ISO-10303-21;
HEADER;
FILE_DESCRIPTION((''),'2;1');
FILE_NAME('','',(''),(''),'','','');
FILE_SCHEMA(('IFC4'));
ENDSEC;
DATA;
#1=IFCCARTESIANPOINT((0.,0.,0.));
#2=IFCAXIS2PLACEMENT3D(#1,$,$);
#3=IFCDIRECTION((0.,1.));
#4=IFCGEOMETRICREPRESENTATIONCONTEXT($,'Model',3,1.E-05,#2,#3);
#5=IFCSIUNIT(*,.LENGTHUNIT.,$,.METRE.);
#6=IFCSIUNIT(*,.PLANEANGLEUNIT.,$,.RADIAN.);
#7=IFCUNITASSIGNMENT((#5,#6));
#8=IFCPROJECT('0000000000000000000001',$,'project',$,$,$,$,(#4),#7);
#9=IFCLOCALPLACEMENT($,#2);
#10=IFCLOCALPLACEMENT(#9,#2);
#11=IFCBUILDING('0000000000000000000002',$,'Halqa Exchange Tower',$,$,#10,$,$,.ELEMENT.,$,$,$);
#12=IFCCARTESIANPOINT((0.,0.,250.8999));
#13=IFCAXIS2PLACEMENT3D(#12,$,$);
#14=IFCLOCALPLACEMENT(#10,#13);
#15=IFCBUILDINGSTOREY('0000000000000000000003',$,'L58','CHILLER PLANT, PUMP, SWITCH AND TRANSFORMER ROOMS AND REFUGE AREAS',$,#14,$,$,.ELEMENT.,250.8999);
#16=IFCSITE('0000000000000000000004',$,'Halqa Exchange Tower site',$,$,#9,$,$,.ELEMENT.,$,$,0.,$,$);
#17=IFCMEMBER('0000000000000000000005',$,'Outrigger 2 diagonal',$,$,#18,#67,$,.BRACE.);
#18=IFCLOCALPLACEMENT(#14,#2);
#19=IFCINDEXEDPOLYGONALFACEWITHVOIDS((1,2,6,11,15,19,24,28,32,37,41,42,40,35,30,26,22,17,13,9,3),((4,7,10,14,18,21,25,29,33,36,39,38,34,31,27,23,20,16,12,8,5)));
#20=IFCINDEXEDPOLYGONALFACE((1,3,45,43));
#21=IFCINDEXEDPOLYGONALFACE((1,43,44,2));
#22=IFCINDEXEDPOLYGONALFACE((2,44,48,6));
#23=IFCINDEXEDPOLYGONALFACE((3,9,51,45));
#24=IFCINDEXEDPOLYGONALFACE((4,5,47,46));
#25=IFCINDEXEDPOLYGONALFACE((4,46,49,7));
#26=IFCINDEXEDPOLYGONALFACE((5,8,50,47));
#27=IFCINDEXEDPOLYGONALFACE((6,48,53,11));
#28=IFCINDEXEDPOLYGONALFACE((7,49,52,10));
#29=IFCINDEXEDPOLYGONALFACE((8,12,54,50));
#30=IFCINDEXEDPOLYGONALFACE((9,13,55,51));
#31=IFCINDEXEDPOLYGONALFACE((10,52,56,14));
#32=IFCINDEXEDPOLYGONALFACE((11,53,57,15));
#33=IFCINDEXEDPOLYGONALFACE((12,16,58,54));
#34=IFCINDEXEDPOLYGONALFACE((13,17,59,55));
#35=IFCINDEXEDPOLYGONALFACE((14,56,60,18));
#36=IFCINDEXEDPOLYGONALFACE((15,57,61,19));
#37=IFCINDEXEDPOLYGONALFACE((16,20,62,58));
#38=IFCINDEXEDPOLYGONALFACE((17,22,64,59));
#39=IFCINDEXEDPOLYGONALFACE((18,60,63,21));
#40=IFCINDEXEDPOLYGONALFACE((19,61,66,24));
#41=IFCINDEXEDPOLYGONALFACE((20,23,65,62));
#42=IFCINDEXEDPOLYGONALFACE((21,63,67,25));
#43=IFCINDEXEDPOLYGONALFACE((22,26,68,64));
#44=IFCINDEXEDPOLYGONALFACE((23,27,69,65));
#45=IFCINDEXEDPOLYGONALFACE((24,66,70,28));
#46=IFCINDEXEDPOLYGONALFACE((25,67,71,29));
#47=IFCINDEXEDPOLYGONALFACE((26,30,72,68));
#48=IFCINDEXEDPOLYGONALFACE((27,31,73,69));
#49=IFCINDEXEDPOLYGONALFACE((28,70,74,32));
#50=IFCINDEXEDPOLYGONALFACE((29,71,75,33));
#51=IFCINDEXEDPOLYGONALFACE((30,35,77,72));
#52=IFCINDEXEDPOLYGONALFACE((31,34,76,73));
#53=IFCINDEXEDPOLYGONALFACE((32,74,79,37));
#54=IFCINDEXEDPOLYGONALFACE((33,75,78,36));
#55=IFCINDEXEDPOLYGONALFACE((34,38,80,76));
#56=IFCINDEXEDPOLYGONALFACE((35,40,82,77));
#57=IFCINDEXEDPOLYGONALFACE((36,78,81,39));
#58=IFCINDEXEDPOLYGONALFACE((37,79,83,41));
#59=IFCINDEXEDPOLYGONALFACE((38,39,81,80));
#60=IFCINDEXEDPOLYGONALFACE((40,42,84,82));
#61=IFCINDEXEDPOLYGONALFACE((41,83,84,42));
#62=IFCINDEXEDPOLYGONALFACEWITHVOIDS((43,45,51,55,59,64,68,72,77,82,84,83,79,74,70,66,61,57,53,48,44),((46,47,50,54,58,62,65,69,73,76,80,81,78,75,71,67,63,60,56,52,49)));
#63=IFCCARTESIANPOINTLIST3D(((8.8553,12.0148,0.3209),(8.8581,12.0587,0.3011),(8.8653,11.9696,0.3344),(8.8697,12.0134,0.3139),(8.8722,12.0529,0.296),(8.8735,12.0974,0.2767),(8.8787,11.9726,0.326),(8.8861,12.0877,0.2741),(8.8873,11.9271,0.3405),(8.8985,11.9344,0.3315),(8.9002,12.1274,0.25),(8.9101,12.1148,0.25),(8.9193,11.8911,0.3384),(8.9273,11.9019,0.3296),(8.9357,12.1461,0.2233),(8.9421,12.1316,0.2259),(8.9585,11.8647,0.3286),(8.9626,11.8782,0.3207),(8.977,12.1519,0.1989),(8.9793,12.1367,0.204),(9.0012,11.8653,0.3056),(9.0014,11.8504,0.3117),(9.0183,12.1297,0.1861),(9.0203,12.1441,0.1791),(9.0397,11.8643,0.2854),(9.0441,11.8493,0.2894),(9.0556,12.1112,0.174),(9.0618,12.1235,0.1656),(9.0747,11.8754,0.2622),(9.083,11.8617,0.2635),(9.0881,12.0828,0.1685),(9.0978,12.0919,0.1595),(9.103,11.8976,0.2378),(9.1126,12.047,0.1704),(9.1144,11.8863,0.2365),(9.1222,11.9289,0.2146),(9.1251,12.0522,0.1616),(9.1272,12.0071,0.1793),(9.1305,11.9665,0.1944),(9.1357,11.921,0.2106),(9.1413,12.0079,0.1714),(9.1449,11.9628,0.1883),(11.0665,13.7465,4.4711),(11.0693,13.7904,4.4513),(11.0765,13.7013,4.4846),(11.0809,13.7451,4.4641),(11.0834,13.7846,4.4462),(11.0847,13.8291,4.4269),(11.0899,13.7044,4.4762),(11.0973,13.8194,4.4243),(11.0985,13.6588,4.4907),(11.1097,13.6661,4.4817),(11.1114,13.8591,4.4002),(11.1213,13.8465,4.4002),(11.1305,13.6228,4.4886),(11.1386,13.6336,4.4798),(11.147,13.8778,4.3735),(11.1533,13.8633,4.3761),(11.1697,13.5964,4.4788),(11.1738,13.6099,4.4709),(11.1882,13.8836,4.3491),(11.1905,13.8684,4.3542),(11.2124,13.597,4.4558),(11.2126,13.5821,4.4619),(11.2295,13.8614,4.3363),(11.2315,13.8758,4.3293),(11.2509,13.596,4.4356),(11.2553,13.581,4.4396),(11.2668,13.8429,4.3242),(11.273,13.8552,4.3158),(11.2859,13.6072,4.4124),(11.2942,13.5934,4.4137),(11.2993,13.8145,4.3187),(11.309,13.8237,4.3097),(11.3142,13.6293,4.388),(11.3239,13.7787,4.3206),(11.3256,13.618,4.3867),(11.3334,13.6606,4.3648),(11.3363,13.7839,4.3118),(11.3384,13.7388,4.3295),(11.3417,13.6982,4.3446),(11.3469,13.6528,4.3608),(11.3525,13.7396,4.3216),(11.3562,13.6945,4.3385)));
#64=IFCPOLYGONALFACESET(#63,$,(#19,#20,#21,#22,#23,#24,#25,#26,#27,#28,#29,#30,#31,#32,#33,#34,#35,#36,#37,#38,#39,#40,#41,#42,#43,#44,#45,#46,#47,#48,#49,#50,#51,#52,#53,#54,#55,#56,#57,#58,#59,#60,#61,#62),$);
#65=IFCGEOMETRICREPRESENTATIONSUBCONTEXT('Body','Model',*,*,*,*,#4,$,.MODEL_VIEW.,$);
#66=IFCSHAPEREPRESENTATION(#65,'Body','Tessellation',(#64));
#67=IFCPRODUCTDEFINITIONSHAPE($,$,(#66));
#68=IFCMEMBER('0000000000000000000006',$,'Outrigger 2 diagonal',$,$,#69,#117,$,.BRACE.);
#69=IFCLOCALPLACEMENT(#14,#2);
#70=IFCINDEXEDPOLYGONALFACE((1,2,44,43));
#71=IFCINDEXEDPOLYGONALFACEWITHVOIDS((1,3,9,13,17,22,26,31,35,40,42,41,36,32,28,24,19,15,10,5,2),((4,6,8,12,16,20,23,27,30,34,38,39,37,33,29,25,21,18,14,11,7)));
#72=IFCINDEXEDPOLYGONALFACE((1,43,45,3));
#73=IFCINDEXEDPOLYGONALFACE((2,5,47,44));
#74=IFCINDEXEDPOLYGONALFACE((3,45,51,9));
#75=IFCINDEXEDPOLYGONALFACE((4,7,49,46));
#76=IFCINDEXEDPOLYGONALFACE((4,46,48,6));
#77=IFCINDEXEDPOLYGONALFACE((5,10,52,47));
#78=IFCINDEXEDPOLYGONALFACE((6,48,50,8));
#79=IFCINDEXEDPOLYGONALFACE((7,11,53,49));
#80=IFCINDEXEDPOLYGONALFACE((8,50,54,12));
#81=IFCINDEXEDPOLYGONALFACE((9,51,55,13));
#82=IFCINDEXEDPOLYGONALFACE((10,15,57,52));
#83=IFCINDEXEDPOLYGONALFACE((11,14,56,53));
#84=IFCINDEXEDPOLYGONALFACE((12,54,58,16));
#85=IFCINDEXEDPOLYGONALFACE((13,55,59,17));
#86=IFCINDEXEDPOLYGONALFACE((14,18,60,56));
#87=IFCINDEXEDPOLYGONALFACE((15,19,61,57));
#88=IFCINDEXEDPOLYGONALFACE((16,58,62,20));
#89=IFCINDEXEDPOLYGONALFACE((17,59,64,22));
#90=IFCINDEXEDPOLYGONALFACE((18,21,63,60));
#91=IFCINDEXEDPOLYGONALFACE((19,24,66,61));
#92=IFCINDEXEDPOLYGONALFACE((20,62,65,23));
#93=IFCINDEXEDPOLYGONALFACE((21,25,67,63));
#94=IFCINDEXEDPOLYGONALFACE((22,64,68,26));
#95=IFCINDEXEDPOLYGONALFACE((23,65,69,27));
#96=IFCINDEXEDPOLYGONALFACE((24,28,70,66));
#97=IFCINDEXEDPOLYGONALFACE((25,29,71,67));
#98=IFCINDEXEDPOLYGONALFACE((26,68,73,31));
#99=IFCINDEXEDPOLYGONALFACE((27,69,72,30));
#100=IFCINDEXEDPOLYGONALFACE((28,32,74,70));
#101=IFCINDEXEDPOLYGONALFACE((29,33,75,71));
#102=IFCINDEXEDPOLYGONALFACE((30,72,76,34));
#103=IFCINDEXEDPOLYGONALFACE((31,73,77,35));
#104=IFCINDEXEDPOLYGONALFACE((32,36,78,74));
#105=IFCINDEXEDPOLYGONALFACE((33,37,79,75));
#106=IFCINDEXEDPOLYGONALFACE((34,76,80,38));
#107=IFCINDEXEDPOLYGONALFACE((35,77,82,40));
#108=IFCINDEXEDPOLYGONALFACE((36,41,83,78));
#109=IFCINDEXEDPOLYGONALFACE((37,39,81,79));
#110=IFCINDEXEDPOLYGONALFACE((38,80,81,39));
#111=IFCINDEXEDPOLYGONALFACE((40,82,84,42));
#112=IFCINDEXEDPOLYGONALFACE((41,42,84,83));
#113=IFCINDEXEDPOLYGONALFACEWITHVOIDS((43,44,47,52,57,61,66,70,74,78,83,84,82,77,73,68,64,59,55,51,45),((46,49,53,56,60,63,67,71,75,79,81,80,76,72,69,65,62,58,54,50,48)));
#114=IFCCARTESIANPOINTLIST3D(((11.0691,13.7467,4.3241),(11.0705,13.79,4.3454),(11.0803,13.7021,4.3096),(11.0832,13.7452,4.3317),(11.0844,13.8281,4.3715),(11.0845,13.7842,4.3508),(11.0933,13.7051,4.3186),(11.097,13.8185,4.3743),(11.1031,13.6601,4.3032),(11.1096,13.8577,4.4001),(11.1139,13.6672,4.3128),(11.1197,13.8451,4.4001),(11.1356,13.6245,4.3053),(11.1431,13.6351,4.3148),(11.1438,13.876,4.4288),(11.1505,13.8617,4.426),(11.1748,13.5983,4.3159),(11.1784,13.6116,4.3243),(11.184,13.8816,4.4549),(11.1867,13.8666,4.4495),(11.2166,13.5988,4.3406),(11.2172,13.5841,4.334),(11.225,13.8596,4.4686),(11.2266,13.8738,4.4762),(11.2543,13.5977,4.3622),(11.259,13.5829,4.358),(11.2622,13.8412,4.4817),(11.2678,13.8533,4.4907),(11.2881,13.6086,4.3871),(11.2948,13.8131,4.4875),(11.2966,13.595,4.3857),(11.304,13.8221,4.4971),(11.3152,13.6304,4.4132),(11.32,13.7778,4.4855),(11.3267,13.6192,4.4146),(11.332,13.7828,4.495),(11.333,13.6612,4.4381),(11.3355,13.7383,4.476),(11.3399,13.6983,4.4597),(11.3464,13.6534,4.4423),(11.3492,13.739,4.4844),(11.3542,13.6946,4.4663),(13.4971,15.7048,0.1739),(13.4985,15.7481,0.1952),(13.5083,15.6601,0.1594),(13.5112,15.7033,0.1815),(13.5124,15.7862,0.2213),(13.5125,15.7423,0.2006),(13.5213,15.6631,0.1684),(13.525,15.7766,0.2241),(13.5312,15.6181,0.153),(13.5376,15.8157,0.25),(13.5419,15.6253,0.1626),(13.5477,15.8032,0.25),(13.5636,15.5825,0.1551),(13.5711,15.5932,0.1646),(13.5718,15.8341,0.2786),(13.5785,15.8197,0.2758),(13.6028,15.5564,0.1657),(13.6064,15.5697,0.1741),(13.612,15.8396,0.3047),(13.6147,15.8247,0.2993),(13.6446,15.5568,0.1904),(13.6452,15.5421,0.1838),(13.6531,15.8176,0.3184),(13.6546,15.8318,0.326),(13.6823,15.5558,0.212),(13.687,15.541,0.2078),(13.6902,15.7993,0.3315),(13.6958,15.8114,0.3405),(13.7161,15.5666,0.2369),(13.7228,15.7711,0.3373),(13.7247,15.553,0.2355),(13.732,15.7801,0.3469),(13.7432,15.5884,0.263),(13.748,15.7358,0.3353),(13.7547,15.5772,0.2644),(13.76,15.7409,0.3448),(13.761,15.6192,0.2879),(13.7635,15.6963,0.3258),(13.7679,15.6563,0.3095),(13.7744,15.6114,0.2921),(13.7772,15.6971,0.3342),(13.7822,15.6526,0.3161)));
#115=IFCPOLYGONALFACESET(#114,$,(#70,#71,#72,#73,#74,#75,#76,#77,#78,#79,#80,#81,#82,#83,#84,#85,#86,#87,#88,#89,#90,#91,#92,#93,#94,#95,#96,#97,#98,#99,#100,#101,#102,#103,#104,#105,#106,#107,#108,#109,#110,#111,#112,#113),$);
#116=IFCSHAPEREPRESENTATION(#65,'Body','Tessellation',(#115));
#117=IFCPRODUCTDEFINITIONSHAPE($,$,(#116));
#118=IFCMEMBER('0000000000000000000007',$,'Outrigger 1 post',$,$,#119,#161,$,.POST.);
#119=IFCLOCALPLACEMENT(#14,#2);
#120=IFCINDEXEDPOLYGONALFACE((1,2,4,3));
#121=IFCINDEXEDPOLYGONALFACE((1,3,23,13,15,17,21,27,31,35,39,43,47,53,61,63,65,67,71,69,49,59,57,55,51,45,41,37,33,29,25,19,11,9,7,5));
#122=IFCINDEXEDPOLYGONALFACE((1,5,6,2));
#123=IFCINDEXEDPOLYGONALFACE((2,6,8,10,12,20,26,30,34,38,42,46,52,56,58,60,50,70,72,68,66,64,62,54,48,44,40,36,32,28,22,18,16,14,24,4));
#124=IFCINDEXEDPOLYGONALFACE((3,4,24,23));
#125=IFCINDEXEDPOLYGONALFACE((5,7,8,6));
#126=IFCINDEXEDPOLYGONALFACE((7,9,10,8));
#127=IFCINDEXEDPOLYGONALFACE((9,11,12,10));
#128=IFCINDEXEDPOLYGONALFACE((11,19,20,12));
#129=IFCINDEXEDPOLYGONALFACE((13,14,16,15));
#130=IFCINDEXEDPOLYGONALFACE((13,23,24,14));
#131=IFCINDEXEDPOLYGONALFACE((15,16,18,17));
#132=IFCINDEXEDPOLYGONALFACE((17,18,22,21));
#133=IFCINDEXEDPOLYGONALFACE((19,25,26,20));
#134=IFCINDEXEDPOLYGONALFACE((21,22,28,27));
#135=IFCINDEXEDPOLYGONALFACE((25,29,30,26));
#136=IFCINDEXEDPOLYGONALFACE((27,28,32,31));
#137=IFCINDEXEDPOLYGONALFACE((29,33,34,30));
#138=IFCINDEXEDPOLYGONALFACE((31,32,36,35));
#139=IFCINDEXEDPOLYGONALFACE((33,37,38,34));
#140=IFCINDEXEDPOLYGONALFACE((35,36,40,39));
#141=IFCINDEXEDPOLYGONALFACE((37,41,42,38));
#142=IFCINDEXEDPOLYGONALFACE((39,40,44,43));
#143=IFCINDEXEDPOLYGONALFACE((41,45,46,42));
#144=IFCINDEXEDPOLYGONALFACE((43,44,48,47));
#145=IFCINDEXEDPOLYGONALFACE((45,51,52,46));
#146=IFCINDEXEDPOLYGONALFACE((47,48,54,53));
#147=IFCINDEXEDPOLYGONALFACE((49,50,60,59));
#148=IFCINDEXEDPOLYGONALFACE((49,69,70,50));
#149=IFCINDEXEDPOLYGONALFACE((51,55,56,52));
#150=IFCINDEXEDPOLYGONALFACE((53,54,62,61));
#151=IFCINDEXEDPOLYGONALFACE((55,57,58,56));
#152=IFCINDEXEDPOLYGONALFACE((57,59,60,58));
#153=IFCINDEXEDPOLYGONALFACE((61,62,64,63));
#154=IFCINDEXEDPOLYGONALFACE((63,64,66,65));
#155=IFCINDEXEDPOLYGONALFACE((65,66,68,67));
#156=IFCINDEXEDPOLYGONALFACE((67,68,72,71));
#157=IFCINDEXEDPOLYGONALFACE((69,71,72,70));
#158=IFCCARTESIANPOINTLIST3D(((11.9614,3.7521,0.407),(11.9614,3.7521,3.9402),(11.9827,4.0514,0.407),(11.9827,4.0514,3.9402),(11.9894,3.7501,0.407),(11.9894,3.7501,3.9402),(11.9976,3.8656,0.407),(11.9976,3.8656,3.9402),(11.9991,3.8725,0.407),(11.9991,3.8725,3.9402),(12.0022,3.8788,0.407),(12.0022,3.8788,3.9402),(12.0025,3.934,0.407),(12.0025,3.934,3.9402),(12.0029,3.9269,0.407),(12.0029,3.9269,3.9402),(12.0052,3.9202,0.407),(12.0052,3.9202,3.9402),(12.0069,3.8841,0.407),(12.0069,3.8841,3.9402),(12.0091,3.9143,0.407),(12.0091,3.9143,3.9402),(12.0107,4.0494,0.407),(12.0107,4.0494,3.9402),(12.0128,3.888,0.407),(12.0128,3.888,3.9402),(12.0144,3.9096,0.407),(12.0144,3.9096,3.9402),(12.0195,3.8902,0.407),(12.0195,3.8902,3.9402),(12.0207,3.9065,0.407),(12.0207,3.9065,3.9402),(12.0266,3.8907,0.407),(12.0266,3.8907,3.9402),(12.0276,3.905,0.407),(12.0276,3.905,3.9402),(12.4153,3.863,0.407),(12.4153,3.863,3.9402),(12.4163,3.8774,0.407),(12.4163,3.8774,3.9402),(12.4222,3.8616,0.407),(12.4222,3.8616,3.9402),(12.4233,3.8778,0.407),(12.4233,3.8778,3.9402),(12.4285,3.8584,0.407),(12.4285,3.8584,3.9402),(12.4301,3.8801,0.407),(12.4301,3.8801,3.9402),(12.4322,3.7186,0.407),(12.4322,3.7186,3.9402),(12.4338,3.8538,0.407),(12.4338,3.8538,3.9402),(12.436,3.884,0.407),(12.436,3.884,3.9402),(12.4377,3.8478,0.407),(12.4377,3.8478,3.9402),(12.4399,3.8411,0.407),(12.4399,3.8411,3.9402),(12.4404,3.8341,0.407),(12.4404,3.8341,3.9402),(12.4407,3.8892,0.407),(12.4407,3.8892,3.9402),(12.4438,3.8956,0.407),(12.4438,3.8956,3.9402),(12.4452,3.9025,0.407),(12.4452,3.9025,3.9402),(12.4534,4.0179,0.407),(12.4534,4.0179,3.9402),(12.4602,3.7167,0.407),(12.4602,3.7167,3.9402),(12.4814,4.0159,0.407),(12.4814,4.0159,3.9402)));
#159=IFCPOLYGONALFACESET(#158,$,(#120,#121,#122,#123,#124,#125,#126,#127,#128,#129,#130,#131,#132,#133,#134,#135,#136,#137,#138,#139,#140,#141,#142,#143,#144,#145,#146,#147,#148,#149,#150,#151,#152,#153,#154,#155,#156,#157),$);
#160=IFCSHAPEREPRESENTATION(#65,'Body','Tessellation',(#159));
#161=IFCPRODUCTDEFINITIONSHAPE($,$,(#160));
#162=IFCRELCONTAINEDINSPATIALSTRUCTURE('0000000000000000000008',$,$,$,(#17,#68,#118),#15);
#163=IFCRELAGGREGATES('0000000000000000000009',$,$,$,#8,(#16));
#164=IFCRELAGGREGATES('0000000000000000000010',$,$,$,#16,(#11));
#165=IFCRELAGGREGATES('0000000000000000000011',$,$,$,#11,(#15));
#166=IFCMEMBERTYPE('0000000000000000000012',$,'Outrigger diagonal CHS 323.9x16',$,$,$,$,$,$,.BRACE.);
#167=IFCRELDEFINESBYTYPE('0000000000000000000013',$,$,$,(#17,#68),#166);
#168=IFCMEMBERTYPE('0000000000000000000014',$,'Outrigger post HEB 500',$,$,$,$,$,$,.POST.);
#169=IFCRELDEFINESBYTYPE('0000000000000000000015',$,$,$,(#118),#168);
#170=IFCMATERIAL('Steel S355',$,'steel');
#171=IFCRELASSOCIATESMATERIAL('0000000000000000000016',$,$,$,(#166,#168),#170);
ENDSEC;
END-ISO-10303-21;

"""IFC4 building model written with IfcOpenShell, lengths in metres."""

from ifc_helpers import new_model, si_unit, direction, frame, origin, origin_2d, place, context, subcontext, project, spatial, hollow_circle, i_section, extrude, material, material_profile, profile_set, type_object, element, save


model = new_model("IFC4")

# Units and contexts
model_context = context("Model", 3, precision=1e-05, world=origin(), true_north=direction((0.0, 1.0)))
body_context = subcontext(model_context, "Body", "Model", "MODEL_VIEW")
ifc_project = project(units=[si_unit("LENGTHUNIT", "METRE"), si_unit("PLANEANGLEUNIT", "RADIAN")], contexts=[model_context])

# Site, building, storey
site_placement = place(None, origin())
site = spatial("IfcSite", under=ifc_project, at=site_placement, Name="Halqa Exchange Tower site", CompositionType="ELEMENT", RefElevation=0.0)
building_placement = place(site_placement, origin())
building = spatial("IfcBuilding", under=site, at=building_placement, Name="Halqa Exchange Tower", CompositionType="ELEMENT")
storey_placement = place(building_placement, frame((0.0, 0.0, 250.8999)))
storey = spatial("IfcBuildingStorey", under=building, at=storey_placement, Name="L58", Description="CHILLER PLANT, PUMP, SWITCH AND TRANSFORMER ROOMS AND REFUGE AREAS", CompositionType="ELEMENT", Elevation=250.8999)

# Shared definitions
ifc_material_1 = material(Name="Steel S355", Category="steel")

# Members
ifc_material_profile_1 = material_profile(ifc_material_1, hollow_circle(Radius=0.1619, WallThickness=0.0161, at=origin_2d()), Name="CHS 323.9x16")
ifc_profile_set_1 = profile_set([ifc_material_profile_1], Name="Steel S355")
member_type_1 = type_object("IfcMemberType", Name="Outrigger diagonal CHS 323.9x16", PredefinedType="BRACE", material=ifc_profile_set_1)
member_1_placement = place(storey_placement, frame((9.0, 12.0, 0.25), z_axis=(0.441251, 0.345566, 0.82818), x_axis=(-0.616573, 0.787298, 0.0)))
element("IfcMember", 1, at=member_1_placement, inside=storey, type_object=member_type_1, Name="Outrigger 2 diagonal", PredefinedType="BRACE", context=body_context, shape_type="SweptSolid", body=[
    extrude(hollow_circle(Radius=0.1619, WallThickness=0.0161, at=origin_2d()), origin(), (0.0, 0.0, 1.0), 5.0112),
])
member_2_placement = place(storey_placement, frame((11.2112, 13.7317, 4.4001), z_axis=(0.467675, 0.37715, -0.799398), x_axis=(-0.627745, 0.778419, 0.0)))
element("IfcMember", 2, at=member_2_placement, inside=storey, type_object=member_type_1, Name="Outrigger 2 diagonal", PredefinedType="BRACE", context=body_context, shape_type="SweptSolid", body=[
    extrude(hollow_circle(Radius=0.1619, WallThickness=0.0161, at=origin_2d()), origin(), (0.0, 0.0, 1.0), 5.1917),
])
ifc_material_profile_2 = material_profile(ifc_material_1, i_section(OverallWidth=0.3, OverallDepth=0.5, WebThickness=0.0144, FlangeThickness=0.0281, FilletRadius=0.0271, at=origin_2d()), Name="HEB 500")
ifc_profile_set_2 = profile_set([ifc_material_profile_2], Name="Steel S355")
member_type_2 = type_object("IfcMemberType", Name="Outrigger post HEB 500", PredefinedType="POST", material=ifc_profile_set_2)
member_3_placement = place(storey_placement, frame((12.2214, 3.884, 0.407), z_axis=(0.0, 0.0, 1.0), x_axis=(0.07094, 0.997481, 0.0)))
element("IfcMember", 3, at=member_3_placement, inside=storey, type_object=member_type_2, Name="Outrigger 1 post", PredefinedType="POST", context=body_context, shape_type="SweptSolid", body=[
    extrude(i_section(OverallWidth=0.3, OverallDepth=0.5, WebThickness=0.0144, FlangeThickness=0.0281, FilletRadius=0.0271, at=origin_2d()), origin(), (0.0, 0.0, 1.0), 3.5332),
])

save(model, "model.ifc")
